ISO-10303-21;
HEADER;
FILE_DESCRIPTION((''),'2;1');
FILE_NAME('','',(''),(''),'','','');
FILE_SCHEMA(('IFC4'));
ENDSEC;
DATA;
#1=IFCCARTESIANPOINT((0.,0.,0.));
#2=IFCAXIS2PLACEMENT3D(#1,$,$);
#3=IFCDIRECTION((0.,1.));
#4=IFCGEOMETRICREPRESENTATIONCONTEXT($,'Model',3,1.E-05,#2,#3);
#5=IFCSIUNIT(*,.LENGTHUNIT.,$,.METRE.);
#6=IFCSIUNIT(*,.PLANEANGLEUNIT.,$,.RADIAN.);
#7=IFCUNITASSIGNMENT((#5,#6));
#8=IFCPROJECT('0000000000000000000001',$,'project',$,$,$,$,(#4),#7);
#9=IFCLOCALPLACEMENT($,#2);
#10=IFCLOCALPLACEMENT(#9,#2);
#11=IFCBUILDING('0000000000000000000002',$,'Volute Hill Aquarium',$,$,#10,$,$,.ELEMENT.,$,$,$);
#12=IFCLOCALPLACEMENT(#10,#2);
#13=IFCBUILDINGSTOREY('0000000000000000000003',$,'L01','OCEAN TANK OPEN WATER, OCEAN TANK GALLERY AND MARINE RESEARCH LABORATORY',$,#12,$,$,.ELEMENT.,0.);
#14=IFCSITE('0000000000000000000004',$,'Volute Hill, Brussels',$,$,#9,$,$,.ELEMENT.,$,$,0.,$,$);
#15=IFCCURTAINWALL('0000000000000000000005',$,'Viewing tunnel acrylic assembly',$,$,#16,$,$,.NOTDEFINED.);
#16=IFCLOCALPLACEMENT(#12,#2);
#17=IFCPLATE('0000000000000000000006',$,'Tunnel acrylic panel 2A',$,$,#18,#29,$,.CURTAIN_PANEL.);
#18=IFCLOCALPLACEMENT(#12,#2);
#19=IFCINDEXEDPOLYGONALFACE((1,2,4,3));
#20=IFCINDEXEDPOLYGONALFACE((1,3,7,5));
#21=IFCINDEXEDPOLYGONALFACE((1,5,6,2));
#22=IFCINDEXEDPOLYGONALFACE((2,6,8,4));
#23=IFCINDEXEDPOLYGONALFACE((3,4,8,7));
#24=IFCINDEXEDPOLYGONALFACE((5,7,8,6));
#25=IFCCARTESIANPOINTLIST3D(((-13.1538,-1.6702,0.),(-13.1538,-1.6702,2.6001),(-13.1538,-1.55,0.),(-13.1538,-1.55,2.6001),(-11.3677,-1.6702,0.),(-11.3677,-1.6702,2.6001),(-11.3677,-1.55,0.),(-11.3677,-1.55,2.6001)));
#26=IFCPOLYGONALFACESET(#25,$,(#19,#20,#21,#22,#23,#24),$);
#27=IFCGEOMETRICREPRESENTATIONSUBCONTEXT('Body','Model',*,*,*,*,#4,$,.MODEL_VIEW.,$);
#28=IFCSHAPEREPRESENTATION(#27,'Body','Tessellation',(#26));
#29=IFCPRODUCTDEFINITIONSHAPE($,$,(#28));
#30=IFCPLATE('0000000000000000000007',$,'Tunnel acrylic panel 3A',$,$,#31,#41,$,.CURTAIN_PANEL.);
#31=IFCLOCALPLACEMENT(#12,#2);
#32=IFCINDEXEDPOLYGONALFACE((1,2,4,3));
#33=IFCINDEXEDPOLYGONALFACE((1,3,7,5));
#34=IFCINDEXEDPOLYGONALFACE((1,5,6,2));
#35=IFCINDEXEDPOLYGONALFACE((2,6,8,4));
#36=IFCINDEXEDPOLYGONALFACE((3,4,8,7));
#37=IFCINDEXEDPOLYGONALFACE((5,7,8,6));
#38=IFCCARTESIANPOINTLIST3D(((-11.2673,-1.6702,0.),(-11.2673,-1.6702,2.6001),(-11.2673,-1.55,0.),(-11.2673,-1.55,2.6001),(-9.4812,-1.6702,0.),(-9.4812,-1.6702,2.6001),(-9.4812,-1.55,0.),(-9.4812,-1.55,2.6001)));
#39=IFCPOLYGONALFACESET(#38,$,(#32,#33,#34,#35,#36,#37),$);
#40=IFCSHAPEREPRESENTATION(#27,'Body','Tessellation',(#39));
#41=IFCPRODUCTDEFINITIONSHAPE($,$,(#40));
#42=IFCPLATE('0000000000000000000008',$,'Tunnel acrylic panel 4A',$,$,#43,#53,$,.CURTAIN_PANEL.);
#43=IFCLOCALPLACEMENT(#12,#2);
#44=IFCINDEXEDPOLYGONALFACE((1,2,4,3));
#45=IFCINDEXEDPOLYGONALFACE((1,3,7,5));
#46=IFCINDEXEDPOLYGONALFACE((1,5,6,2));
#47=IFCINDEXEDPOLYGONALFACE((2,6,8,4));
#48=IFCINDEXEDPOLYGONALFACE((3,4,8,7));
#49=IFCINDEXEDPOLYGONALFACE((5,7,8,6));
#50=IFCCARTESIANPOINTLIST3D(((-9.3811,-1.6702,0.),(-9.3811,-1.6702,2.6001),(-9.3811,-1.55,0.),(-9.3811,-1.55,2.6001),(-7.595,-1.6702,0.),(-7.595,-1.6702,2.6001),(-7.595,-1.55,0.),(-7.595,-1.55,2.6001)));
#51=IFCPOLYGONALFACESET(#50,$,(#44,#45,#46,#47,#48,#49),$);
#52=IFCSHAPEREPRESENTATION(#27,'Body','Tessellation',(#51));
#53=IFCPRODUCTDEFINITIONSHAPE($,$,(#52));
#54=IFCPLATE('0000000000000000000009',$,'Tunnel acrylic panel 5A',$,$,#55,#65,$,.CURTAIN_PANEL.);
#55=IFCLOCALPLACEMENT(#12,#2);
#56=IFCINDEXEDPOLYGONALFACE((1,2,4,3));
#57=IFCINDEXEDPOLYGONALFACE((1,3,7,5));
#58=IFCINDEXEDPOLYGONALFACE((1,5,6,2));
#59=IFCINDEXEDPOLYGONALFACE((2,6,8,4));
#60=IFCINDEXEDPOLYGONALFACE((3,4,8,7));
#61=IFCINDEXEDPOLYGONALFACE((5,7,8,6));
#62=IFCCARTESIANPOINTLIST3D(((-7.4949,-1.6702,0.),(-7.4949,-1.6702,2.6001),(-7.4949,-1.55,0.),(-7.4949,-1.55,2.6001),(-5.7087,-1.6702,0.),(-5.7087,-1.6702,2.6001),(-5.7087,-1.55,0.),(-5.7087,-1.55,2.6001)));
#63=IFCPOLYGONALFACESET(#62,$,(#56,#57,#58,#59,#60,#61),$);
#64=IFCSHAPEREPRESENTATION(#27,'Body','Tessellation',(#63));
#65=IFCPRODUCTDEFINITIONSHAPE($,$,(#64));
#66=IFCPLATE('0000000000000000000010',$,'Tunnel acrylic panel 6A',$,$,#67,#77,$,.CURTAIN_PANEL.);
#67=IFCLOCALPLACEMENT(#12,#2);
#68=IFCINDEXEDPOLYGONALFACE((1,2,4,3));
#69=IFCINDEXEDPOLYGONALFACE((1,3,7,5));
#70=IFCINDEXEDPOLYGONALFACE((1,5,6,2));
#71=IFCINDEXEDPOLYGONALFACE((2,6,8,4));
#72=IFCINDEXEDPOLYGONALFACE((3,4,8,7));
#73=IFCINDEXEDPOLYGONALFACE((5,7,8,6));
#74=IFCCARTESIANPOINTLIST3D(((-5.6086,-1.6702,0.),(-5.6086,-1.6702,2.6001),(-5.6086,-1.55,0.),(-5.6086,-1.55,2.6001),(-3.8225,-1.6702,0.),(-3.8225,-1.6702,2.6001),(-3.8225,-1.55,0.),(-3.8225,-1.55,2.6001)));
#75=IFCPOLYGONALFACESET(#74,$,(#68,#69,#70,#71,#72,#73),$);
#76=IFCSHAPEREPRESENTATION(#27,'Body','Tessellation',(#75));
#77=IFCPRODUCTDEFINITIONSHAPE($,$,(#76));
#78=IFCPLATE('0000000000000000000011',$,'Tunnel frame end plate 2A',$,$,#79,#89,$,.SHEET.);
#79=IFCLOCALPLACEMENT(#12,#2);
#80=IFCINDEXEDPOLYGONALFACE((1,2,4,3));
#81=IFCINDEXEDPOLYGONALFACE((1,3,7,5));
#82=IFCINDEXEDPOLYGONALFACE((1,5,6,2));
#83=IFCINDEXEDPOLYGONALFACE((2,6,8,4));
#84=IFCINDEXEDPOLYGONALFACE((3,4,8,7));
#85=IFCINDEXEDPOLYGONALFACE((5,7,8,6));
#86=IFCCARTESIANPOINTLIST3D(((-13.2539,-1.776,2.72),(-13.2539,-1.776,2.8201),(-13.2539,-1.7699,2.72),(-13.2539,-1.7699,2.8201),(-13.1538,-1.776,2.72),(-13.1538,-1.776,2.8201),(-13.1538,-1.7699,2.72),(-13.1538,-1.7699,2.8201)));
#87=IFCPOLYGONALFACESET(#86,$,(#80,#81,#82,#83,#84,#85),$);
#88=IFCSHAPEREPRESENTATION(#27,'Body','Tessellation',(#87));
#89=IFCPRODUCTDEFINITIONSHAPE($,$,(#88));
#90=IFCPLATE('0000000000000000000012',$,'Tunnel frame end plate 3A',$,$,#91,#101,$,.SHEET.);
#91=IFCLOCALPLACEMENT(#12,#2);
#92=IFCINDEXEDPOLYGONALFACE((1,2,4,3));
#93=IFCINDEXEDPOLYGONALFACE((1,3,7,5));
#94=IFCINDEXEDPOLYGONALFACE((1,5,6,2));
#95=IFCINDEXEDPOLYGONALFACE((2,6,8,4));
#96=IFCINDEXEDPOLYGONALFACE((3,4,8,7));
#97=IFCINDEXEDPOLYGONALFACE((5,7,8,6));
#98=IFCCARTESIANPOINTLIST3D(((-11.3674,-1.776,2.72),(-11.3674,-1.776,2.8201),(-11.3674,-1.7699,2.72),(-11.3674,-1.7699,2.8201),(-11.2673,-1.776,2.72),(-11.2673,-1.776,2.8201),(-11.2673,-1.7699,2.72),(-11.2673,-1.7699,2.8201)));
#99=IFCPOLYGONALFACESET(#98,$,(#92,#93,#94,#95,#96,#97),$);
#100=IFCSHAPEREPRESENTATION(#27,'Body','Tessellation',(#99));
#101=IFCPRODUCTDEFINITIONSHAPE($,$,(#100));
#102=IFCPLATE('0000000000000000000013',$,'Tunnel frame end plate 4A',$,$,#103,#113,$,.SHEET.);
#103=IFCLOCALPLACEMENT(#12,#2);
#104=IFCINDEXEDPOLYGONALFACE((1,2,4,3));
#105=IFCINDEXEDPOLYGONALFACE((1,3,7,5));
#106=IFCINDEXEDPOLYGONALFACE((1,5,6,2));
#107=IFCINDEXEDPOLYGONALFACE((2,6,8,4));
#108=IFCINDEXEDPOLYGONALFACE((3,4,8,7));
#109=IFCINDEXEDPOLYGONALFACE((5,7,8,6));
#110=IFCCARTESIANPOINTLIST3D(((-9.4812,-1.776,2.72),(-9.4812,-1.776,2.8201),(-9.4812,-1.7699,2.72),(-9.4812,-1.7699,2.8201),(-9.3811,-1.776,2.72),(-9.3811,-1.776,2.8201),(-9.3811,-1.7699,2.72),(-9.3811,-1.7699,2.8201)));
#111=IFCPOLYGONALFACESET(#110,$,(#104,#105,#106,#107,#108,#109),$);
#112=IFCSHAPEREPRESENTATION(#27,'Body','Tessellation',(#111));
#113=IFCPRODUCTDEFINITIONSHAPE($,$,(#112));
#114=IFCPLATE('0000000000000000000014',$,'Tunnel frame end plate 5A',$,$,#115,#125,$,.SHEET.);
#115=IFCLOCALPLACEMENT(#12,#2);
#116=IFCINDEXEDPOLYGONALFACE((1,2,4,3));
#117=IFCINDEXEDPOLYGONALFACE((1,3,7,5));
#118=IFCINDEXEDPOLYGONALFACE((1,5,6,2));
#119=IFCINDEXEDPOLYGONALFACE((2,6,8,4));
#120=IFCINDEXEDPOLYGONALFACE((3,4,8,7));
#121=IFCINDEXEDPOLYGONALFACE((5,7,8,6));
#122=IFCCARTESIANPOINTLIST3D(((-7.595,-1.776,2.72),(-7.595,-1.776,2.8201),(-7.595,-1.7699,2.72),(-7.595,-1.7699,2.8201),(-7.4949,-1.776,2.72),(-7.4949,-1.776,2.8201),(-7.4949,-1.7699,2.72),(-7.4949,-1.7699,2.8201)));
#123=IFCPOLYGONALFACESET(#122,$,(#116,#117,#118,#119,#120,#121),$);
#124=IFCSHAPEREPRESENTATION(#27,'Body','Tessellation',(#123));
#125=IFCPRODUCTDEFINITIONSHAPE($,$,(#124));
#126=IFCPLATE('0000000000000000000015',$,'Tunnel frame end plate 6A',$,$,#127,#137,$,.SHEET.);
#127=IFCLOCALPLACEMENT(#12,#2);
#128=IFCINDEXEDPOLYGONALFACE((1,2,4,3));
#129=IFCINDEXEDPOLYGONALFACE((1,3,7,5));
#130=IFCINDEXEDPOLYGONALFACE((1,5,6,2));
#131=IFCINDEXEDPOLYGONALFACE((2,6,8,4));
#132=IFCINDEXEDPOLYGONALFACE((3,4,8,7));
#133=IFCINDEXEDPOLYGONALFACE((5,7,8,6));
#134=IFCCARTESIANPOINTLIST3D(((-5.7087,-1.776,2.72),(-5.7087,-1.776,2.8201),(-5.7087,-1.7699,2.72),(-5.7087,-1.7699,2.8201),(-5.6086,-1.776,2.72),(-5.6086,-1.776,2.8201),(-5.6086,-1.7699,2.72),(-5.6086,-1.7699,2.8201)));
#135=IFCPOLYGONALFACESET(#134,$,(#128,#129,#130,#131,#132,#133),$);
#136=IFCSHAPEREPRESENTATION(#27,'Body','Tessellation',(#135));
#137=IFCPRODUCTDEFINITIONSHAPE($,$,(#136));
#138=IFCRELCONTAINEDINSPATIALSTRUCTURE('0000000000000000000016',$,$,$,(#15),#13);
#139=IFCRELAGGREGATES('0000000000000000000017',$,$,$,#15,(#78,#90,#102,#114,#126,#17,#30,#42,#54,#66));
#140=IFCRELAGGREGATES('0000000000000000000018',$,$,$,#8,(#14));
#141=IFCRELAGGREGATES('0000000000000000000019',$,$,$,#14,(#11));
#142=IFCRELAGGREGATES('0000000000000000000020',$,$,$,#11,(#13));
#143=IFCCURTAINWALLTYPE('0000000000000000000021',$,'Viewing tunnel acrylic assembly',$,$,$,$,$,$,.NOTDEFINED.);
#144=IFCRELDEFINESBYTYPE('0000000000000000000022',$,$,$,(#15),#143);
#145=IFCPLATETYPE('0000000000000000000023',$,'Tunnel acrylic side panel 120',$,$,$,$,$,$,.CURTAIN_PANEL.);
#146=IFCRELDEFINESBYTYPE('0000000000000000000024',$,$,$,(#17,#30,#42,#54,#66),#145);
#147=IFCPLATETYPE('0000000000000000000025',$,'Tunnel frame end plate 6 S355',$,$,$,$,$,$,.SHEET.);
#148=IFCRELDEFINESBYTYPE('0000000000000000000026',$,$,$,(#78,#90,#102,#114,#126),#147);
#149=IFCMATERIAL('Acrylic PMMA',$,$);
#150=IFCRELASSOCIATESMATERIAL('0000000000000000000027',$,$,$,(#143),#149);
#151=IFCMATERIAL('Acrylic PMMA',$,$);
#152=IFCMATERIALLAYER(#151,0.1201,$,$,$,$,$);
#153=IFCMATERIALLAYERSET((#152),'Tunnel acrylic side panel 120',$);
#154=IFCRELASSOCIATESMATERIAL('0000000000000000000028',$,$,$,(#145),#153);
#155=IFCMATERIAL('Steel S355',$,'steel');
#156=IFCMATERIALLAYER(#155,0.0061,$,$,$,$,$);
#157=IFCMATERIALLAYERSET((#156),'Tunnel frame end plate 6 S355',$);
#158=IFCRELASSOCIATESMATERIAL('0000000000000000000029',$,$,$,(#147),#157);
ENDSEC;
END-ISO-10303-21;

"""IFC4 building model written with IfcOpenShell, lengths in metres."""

from ifc_helpers import new_model, si_unit, direction, frame, origin, origin_2d, place, context, subcontext, project, spatial, rectangle, extrude, material, layer, layer_set, type_object, element, aggregate, save


model = new_model("IFC4")

# Units and contexts
model_context = context("Model", 3, precision=1e-05, world=origin(), true_north=direction((0.0, 1.0)))
body_context = subcontext(model_context, "Body", "Model", "MODEL_VIEW")
ifc_project = project(units=[si_unit("LENGTHUNIT", "METRE"), si_unit("PLANEANGLEUNIT", "RADIAN")], contexts=[model_context])

# Site, building, storey
site_placement = place(None, origin())
site = spatial("IfcSite", under=ifc_project, at=site_placement, Name="Volute Hill, Brussels", CompositionType="ELEMENT", RefElevation=0.0)
building_placement = place(site_placement, origin())
building = spatial("IfcBuilding", under=site, at=building_placement, Name="Volute Hill Aquarium", CompositionType="ELEMENT")
storey_placement = place(building_placement, origin())
storey = spatial("IfcBuildingStorey", under=building, at=storey_placement, Name="L01", Description="OCEAN TANK OPEN WATER, OCEAN TANK GALLERY AND MARINE RESEARCH LABORATORY", CompositionType="ELEMENT", Elevation=0.0)

# Curtain wall, plates
ifc_material_1 = material(Name="Acrylic PMMA")
curtain_wall_type = type_object("IfcCurtainWallType", Name="Viewing tunnel acrylic assembly", PredefinedType="NOTDEFINED", material=ifc_material_1)
curtain_wall_placement = place(storey_placement, origin())
curtain_wall = element("IfcCurtainWall", 1, at=curtain_wall_placement, inside=storey, type_object=curtain_wall_type, Name="Viewing tunnel acrylic assembly", PredefinedType="NOTDEFINED")
ifc_material_2 = material(Name="Acrylic PMMA")
ifc_layer_1 = layer(ifc_material_2, 0.1201)
ifc_layer_set_1 = layer_set([ifc_layer_1], Name="Tunnel acrylic side panel 120")
plate_type_1 = type_object("IfcPlateType", Name="Tunnel acrylic side panel 120", PredefinedType="CURTAIN_PANEL", material=ifc_layer_set_1)
plate_1_placement = place(storey_placement, frame((-12.2607, -1.6101, 0.0), z_axis=(0.0, 0.0, 1.0), x_axis=(1.0, 0.0, 0.0)))
plate_1 = element("IfcPlate", 2, at=plate_1_placement, type_object=plate_type_1, Name="Tunnel acrylic panel 2A", PredefinedType="CURTAIN_PANEL", context=body_context, shape_type="SweptSolid", body=[
    extrude(rectangle(XDim=1.7861, YDim=0.1201, at=origin_2d()), origin(), (0.0, 0.0, 1.0), 2.6001),
])
plate_2_placement = place(storey_placement, frame((-10.3743, -1.6101, 0.0), z_axis=(0.0, 0.0, 1.0), x_axis=(1.0, 0.0, 0.0)))
plate_2 = element("IfcPlate", 3, at=plate_2_placement, type_object=plate_type_1, Name="Tunnel acrylic panel 3A", PredefinedType="CURTAIN_PANEL", context=body_context, shape_type="SweptSolid", body=[
    extrude(rectangle(XDim=1.7861, YDim=0.1201, at=origin_2d()), origin(), (0.0, 0.0, 1.0), 2.6001),
])
plate_3_placement = place(storey_placement, frame((-8.488, -1.6101, 0.0), z_axis=(0.0, 0.0, 1.0), x_axis=(1.0, 0.0, 0.0)))
plate_3 = element("IfcPlate", 4, at=plate_3_placement, type_object=plate_type_1, Name="Tunnel acrylic panel 4A", PredefinedType="CURTAIN_PANEL", context=body_context, shape_type="SweptSolid", body=[
    extrude(rectangle(XDim=1.7861, YDim=0.1201, at=origin_2d()), origin(), (0.0, 0.0, 1.0), 2.6001),
])
plate_4_placement = place(storey_placement, frame((-6.6018, -1.6101, 0.0), z_axis=(0.0, 0.0, 1.0), x_axis=(1.0, 0.0, 0.0)))
plate_4 = element("IfcPlate", 5, at=plate_4_placement, type_object=plate_type_1, Name="Tunnel acrylic panel 5A", PredefinedType="CURTAIN_PANEL", context=body_context, shape_type="SweptSolid", body=[
    extrude(rectangle(XDim=1.7861, YDim=0.1201, at=origin_2d()), origin(), (0.0, 0.0, 1.0), 2.6001),
])
plate_5_placement = place(storey_placement, frame((-4.7156, -1.6101, 0.0), z_axis=(0.0, 0.0, 1.0), x_axis=(1.0, 0.0, 0.0)))
plate_5 = element("IfcPlate", 6, at=plate_5_placement, type_object=plate_type_1, Name="Tunnel acrylic panel 6A", PredefinedType="CURTAIN_PANEL", context=body_context, shape_type="SweptSolid", body=[
    extrude(rectangle(XDim=1.7861, YDim=0.1201, at=origin_2d()), origin(), (0.0, 0.0, 1.0), 2.6001),
])
ifc_material_3 = material(Name="Steel S355", Category="steel")
ifc_layer_2 = layer(ifc_material_3, 0.0061)
ifc_layer_set_2 = layer_set([ifc_layer_2], Name="Tunnel frame end plate 6 S355")
plate_type_2 = type_object("IfcPlateType", Name="Tunnel frame end plate 6 S355", PredefinedType="SHEET", material=ifc_layer_set_2)
plate_6_placement = place(storey_placement, frame((-13.2039, -1.7729, 2.72), z_axis=(0.0, 0.0, 1.0), x_axis=(1.0, 0.0, 0.0)))
plate_6 = element("IfcPlate", 7, at=plate_6_placement, type_object=plate_type_2, Name="Tunnel frame end plate 2A", PredefinedType="SHEET", context=body_context, shape_type="SweptSolid", body=[
    extrude(rectangle(XDim=0.1001, YDim=0.0061, at=origin_2d()), origin(), (0.0, 0.0, 1.0), 0.1001),
])
plate_7_placement = place(storey_placement, frame((-11.3174, -1.7729, 2.72), z_axis=(0.0, 0.0, 1.0), x_axis=(1.0, 0.0, 0.0)))
plate_7 = element("IfcPlate", 8, at=plate_7_placement, type_object=plate_type_2, Name="Tunnel frame end plate 3A", PredefinedType="SHEET", context=body_context, shape_type="SweptSolid", body=[
    extrude(rectangle(XDim=0.1001, YDim=0.0061, at=origin_2d()), origin(), (0.0, 0.0, 1.0), 0.1001),
])
plate_8_placement = place(storey_placement, frame((-9.4312, -1.7729, 2.72), z_axis=(0.0, 0.0, 1.0), x_axis=(1.0, 0.0, 0.0)))
plate_8 = element("IfcPlate", 9, at=plate_8_placement, type_object=plate_type_2, Name="Tunnel frame end plate 4A", PredefinedType="SHEET", context=body_context, shape_type="SweptSolid", body=[
    extrude(rectangle(XDim=0.1001, YDim=0.0061, at=origin_2d()), origin(), (0.0, 0.0, 1.0), 0.1001),
])
plate_9_placement = place(storey_placement, frame((-7.5449, -1.7729, 2.72), z_axis=(0.0, 0.0, 1.0), x_axis=(1.0, 0.0, 0.0)))
plate_9 = element("IfcPlate", 10, at=plate_9_placement, type_object=plate_type_2, Name="Tunnel frame end plate 5A", PredefinedType="SHEET", context=body_context, shape_type="SweptSolid", body=[
    extrude(rectangle(XDim=0.1001, YDim=0.0061, at=origin_2d()), origin(), (0.0, 0.0, 1.0), 0.1001),
])
plate_10_placement = place(storey_placement, frame((-5.6587, -1.7729, 2.72), z_axis=(0.0, 0.0, 1.0), x_axis=(1.0, 0.0, 0.0)))
plate_10 = element("IfcPlate", 11, at=plate_10_placement, type_object=plate_type_2, Name="Tunnel frame end plate 6A", PredefinedType="SHEET", context=body_context, shape_type="SweptSolid", body=[
    extrude(rectangle(XDim=0.1001, YDim=0.0061, at=origin_2d()), origin(), (0.0, 0.0, 1.0), 0.1001),
])
aggregate(curtain_wall, [plate_6, plate_7, plate_8, plate_9, plate_10, plate_1, plate_2, plate_3, plate_4, plate_5])

save(model, "model.ifc")
